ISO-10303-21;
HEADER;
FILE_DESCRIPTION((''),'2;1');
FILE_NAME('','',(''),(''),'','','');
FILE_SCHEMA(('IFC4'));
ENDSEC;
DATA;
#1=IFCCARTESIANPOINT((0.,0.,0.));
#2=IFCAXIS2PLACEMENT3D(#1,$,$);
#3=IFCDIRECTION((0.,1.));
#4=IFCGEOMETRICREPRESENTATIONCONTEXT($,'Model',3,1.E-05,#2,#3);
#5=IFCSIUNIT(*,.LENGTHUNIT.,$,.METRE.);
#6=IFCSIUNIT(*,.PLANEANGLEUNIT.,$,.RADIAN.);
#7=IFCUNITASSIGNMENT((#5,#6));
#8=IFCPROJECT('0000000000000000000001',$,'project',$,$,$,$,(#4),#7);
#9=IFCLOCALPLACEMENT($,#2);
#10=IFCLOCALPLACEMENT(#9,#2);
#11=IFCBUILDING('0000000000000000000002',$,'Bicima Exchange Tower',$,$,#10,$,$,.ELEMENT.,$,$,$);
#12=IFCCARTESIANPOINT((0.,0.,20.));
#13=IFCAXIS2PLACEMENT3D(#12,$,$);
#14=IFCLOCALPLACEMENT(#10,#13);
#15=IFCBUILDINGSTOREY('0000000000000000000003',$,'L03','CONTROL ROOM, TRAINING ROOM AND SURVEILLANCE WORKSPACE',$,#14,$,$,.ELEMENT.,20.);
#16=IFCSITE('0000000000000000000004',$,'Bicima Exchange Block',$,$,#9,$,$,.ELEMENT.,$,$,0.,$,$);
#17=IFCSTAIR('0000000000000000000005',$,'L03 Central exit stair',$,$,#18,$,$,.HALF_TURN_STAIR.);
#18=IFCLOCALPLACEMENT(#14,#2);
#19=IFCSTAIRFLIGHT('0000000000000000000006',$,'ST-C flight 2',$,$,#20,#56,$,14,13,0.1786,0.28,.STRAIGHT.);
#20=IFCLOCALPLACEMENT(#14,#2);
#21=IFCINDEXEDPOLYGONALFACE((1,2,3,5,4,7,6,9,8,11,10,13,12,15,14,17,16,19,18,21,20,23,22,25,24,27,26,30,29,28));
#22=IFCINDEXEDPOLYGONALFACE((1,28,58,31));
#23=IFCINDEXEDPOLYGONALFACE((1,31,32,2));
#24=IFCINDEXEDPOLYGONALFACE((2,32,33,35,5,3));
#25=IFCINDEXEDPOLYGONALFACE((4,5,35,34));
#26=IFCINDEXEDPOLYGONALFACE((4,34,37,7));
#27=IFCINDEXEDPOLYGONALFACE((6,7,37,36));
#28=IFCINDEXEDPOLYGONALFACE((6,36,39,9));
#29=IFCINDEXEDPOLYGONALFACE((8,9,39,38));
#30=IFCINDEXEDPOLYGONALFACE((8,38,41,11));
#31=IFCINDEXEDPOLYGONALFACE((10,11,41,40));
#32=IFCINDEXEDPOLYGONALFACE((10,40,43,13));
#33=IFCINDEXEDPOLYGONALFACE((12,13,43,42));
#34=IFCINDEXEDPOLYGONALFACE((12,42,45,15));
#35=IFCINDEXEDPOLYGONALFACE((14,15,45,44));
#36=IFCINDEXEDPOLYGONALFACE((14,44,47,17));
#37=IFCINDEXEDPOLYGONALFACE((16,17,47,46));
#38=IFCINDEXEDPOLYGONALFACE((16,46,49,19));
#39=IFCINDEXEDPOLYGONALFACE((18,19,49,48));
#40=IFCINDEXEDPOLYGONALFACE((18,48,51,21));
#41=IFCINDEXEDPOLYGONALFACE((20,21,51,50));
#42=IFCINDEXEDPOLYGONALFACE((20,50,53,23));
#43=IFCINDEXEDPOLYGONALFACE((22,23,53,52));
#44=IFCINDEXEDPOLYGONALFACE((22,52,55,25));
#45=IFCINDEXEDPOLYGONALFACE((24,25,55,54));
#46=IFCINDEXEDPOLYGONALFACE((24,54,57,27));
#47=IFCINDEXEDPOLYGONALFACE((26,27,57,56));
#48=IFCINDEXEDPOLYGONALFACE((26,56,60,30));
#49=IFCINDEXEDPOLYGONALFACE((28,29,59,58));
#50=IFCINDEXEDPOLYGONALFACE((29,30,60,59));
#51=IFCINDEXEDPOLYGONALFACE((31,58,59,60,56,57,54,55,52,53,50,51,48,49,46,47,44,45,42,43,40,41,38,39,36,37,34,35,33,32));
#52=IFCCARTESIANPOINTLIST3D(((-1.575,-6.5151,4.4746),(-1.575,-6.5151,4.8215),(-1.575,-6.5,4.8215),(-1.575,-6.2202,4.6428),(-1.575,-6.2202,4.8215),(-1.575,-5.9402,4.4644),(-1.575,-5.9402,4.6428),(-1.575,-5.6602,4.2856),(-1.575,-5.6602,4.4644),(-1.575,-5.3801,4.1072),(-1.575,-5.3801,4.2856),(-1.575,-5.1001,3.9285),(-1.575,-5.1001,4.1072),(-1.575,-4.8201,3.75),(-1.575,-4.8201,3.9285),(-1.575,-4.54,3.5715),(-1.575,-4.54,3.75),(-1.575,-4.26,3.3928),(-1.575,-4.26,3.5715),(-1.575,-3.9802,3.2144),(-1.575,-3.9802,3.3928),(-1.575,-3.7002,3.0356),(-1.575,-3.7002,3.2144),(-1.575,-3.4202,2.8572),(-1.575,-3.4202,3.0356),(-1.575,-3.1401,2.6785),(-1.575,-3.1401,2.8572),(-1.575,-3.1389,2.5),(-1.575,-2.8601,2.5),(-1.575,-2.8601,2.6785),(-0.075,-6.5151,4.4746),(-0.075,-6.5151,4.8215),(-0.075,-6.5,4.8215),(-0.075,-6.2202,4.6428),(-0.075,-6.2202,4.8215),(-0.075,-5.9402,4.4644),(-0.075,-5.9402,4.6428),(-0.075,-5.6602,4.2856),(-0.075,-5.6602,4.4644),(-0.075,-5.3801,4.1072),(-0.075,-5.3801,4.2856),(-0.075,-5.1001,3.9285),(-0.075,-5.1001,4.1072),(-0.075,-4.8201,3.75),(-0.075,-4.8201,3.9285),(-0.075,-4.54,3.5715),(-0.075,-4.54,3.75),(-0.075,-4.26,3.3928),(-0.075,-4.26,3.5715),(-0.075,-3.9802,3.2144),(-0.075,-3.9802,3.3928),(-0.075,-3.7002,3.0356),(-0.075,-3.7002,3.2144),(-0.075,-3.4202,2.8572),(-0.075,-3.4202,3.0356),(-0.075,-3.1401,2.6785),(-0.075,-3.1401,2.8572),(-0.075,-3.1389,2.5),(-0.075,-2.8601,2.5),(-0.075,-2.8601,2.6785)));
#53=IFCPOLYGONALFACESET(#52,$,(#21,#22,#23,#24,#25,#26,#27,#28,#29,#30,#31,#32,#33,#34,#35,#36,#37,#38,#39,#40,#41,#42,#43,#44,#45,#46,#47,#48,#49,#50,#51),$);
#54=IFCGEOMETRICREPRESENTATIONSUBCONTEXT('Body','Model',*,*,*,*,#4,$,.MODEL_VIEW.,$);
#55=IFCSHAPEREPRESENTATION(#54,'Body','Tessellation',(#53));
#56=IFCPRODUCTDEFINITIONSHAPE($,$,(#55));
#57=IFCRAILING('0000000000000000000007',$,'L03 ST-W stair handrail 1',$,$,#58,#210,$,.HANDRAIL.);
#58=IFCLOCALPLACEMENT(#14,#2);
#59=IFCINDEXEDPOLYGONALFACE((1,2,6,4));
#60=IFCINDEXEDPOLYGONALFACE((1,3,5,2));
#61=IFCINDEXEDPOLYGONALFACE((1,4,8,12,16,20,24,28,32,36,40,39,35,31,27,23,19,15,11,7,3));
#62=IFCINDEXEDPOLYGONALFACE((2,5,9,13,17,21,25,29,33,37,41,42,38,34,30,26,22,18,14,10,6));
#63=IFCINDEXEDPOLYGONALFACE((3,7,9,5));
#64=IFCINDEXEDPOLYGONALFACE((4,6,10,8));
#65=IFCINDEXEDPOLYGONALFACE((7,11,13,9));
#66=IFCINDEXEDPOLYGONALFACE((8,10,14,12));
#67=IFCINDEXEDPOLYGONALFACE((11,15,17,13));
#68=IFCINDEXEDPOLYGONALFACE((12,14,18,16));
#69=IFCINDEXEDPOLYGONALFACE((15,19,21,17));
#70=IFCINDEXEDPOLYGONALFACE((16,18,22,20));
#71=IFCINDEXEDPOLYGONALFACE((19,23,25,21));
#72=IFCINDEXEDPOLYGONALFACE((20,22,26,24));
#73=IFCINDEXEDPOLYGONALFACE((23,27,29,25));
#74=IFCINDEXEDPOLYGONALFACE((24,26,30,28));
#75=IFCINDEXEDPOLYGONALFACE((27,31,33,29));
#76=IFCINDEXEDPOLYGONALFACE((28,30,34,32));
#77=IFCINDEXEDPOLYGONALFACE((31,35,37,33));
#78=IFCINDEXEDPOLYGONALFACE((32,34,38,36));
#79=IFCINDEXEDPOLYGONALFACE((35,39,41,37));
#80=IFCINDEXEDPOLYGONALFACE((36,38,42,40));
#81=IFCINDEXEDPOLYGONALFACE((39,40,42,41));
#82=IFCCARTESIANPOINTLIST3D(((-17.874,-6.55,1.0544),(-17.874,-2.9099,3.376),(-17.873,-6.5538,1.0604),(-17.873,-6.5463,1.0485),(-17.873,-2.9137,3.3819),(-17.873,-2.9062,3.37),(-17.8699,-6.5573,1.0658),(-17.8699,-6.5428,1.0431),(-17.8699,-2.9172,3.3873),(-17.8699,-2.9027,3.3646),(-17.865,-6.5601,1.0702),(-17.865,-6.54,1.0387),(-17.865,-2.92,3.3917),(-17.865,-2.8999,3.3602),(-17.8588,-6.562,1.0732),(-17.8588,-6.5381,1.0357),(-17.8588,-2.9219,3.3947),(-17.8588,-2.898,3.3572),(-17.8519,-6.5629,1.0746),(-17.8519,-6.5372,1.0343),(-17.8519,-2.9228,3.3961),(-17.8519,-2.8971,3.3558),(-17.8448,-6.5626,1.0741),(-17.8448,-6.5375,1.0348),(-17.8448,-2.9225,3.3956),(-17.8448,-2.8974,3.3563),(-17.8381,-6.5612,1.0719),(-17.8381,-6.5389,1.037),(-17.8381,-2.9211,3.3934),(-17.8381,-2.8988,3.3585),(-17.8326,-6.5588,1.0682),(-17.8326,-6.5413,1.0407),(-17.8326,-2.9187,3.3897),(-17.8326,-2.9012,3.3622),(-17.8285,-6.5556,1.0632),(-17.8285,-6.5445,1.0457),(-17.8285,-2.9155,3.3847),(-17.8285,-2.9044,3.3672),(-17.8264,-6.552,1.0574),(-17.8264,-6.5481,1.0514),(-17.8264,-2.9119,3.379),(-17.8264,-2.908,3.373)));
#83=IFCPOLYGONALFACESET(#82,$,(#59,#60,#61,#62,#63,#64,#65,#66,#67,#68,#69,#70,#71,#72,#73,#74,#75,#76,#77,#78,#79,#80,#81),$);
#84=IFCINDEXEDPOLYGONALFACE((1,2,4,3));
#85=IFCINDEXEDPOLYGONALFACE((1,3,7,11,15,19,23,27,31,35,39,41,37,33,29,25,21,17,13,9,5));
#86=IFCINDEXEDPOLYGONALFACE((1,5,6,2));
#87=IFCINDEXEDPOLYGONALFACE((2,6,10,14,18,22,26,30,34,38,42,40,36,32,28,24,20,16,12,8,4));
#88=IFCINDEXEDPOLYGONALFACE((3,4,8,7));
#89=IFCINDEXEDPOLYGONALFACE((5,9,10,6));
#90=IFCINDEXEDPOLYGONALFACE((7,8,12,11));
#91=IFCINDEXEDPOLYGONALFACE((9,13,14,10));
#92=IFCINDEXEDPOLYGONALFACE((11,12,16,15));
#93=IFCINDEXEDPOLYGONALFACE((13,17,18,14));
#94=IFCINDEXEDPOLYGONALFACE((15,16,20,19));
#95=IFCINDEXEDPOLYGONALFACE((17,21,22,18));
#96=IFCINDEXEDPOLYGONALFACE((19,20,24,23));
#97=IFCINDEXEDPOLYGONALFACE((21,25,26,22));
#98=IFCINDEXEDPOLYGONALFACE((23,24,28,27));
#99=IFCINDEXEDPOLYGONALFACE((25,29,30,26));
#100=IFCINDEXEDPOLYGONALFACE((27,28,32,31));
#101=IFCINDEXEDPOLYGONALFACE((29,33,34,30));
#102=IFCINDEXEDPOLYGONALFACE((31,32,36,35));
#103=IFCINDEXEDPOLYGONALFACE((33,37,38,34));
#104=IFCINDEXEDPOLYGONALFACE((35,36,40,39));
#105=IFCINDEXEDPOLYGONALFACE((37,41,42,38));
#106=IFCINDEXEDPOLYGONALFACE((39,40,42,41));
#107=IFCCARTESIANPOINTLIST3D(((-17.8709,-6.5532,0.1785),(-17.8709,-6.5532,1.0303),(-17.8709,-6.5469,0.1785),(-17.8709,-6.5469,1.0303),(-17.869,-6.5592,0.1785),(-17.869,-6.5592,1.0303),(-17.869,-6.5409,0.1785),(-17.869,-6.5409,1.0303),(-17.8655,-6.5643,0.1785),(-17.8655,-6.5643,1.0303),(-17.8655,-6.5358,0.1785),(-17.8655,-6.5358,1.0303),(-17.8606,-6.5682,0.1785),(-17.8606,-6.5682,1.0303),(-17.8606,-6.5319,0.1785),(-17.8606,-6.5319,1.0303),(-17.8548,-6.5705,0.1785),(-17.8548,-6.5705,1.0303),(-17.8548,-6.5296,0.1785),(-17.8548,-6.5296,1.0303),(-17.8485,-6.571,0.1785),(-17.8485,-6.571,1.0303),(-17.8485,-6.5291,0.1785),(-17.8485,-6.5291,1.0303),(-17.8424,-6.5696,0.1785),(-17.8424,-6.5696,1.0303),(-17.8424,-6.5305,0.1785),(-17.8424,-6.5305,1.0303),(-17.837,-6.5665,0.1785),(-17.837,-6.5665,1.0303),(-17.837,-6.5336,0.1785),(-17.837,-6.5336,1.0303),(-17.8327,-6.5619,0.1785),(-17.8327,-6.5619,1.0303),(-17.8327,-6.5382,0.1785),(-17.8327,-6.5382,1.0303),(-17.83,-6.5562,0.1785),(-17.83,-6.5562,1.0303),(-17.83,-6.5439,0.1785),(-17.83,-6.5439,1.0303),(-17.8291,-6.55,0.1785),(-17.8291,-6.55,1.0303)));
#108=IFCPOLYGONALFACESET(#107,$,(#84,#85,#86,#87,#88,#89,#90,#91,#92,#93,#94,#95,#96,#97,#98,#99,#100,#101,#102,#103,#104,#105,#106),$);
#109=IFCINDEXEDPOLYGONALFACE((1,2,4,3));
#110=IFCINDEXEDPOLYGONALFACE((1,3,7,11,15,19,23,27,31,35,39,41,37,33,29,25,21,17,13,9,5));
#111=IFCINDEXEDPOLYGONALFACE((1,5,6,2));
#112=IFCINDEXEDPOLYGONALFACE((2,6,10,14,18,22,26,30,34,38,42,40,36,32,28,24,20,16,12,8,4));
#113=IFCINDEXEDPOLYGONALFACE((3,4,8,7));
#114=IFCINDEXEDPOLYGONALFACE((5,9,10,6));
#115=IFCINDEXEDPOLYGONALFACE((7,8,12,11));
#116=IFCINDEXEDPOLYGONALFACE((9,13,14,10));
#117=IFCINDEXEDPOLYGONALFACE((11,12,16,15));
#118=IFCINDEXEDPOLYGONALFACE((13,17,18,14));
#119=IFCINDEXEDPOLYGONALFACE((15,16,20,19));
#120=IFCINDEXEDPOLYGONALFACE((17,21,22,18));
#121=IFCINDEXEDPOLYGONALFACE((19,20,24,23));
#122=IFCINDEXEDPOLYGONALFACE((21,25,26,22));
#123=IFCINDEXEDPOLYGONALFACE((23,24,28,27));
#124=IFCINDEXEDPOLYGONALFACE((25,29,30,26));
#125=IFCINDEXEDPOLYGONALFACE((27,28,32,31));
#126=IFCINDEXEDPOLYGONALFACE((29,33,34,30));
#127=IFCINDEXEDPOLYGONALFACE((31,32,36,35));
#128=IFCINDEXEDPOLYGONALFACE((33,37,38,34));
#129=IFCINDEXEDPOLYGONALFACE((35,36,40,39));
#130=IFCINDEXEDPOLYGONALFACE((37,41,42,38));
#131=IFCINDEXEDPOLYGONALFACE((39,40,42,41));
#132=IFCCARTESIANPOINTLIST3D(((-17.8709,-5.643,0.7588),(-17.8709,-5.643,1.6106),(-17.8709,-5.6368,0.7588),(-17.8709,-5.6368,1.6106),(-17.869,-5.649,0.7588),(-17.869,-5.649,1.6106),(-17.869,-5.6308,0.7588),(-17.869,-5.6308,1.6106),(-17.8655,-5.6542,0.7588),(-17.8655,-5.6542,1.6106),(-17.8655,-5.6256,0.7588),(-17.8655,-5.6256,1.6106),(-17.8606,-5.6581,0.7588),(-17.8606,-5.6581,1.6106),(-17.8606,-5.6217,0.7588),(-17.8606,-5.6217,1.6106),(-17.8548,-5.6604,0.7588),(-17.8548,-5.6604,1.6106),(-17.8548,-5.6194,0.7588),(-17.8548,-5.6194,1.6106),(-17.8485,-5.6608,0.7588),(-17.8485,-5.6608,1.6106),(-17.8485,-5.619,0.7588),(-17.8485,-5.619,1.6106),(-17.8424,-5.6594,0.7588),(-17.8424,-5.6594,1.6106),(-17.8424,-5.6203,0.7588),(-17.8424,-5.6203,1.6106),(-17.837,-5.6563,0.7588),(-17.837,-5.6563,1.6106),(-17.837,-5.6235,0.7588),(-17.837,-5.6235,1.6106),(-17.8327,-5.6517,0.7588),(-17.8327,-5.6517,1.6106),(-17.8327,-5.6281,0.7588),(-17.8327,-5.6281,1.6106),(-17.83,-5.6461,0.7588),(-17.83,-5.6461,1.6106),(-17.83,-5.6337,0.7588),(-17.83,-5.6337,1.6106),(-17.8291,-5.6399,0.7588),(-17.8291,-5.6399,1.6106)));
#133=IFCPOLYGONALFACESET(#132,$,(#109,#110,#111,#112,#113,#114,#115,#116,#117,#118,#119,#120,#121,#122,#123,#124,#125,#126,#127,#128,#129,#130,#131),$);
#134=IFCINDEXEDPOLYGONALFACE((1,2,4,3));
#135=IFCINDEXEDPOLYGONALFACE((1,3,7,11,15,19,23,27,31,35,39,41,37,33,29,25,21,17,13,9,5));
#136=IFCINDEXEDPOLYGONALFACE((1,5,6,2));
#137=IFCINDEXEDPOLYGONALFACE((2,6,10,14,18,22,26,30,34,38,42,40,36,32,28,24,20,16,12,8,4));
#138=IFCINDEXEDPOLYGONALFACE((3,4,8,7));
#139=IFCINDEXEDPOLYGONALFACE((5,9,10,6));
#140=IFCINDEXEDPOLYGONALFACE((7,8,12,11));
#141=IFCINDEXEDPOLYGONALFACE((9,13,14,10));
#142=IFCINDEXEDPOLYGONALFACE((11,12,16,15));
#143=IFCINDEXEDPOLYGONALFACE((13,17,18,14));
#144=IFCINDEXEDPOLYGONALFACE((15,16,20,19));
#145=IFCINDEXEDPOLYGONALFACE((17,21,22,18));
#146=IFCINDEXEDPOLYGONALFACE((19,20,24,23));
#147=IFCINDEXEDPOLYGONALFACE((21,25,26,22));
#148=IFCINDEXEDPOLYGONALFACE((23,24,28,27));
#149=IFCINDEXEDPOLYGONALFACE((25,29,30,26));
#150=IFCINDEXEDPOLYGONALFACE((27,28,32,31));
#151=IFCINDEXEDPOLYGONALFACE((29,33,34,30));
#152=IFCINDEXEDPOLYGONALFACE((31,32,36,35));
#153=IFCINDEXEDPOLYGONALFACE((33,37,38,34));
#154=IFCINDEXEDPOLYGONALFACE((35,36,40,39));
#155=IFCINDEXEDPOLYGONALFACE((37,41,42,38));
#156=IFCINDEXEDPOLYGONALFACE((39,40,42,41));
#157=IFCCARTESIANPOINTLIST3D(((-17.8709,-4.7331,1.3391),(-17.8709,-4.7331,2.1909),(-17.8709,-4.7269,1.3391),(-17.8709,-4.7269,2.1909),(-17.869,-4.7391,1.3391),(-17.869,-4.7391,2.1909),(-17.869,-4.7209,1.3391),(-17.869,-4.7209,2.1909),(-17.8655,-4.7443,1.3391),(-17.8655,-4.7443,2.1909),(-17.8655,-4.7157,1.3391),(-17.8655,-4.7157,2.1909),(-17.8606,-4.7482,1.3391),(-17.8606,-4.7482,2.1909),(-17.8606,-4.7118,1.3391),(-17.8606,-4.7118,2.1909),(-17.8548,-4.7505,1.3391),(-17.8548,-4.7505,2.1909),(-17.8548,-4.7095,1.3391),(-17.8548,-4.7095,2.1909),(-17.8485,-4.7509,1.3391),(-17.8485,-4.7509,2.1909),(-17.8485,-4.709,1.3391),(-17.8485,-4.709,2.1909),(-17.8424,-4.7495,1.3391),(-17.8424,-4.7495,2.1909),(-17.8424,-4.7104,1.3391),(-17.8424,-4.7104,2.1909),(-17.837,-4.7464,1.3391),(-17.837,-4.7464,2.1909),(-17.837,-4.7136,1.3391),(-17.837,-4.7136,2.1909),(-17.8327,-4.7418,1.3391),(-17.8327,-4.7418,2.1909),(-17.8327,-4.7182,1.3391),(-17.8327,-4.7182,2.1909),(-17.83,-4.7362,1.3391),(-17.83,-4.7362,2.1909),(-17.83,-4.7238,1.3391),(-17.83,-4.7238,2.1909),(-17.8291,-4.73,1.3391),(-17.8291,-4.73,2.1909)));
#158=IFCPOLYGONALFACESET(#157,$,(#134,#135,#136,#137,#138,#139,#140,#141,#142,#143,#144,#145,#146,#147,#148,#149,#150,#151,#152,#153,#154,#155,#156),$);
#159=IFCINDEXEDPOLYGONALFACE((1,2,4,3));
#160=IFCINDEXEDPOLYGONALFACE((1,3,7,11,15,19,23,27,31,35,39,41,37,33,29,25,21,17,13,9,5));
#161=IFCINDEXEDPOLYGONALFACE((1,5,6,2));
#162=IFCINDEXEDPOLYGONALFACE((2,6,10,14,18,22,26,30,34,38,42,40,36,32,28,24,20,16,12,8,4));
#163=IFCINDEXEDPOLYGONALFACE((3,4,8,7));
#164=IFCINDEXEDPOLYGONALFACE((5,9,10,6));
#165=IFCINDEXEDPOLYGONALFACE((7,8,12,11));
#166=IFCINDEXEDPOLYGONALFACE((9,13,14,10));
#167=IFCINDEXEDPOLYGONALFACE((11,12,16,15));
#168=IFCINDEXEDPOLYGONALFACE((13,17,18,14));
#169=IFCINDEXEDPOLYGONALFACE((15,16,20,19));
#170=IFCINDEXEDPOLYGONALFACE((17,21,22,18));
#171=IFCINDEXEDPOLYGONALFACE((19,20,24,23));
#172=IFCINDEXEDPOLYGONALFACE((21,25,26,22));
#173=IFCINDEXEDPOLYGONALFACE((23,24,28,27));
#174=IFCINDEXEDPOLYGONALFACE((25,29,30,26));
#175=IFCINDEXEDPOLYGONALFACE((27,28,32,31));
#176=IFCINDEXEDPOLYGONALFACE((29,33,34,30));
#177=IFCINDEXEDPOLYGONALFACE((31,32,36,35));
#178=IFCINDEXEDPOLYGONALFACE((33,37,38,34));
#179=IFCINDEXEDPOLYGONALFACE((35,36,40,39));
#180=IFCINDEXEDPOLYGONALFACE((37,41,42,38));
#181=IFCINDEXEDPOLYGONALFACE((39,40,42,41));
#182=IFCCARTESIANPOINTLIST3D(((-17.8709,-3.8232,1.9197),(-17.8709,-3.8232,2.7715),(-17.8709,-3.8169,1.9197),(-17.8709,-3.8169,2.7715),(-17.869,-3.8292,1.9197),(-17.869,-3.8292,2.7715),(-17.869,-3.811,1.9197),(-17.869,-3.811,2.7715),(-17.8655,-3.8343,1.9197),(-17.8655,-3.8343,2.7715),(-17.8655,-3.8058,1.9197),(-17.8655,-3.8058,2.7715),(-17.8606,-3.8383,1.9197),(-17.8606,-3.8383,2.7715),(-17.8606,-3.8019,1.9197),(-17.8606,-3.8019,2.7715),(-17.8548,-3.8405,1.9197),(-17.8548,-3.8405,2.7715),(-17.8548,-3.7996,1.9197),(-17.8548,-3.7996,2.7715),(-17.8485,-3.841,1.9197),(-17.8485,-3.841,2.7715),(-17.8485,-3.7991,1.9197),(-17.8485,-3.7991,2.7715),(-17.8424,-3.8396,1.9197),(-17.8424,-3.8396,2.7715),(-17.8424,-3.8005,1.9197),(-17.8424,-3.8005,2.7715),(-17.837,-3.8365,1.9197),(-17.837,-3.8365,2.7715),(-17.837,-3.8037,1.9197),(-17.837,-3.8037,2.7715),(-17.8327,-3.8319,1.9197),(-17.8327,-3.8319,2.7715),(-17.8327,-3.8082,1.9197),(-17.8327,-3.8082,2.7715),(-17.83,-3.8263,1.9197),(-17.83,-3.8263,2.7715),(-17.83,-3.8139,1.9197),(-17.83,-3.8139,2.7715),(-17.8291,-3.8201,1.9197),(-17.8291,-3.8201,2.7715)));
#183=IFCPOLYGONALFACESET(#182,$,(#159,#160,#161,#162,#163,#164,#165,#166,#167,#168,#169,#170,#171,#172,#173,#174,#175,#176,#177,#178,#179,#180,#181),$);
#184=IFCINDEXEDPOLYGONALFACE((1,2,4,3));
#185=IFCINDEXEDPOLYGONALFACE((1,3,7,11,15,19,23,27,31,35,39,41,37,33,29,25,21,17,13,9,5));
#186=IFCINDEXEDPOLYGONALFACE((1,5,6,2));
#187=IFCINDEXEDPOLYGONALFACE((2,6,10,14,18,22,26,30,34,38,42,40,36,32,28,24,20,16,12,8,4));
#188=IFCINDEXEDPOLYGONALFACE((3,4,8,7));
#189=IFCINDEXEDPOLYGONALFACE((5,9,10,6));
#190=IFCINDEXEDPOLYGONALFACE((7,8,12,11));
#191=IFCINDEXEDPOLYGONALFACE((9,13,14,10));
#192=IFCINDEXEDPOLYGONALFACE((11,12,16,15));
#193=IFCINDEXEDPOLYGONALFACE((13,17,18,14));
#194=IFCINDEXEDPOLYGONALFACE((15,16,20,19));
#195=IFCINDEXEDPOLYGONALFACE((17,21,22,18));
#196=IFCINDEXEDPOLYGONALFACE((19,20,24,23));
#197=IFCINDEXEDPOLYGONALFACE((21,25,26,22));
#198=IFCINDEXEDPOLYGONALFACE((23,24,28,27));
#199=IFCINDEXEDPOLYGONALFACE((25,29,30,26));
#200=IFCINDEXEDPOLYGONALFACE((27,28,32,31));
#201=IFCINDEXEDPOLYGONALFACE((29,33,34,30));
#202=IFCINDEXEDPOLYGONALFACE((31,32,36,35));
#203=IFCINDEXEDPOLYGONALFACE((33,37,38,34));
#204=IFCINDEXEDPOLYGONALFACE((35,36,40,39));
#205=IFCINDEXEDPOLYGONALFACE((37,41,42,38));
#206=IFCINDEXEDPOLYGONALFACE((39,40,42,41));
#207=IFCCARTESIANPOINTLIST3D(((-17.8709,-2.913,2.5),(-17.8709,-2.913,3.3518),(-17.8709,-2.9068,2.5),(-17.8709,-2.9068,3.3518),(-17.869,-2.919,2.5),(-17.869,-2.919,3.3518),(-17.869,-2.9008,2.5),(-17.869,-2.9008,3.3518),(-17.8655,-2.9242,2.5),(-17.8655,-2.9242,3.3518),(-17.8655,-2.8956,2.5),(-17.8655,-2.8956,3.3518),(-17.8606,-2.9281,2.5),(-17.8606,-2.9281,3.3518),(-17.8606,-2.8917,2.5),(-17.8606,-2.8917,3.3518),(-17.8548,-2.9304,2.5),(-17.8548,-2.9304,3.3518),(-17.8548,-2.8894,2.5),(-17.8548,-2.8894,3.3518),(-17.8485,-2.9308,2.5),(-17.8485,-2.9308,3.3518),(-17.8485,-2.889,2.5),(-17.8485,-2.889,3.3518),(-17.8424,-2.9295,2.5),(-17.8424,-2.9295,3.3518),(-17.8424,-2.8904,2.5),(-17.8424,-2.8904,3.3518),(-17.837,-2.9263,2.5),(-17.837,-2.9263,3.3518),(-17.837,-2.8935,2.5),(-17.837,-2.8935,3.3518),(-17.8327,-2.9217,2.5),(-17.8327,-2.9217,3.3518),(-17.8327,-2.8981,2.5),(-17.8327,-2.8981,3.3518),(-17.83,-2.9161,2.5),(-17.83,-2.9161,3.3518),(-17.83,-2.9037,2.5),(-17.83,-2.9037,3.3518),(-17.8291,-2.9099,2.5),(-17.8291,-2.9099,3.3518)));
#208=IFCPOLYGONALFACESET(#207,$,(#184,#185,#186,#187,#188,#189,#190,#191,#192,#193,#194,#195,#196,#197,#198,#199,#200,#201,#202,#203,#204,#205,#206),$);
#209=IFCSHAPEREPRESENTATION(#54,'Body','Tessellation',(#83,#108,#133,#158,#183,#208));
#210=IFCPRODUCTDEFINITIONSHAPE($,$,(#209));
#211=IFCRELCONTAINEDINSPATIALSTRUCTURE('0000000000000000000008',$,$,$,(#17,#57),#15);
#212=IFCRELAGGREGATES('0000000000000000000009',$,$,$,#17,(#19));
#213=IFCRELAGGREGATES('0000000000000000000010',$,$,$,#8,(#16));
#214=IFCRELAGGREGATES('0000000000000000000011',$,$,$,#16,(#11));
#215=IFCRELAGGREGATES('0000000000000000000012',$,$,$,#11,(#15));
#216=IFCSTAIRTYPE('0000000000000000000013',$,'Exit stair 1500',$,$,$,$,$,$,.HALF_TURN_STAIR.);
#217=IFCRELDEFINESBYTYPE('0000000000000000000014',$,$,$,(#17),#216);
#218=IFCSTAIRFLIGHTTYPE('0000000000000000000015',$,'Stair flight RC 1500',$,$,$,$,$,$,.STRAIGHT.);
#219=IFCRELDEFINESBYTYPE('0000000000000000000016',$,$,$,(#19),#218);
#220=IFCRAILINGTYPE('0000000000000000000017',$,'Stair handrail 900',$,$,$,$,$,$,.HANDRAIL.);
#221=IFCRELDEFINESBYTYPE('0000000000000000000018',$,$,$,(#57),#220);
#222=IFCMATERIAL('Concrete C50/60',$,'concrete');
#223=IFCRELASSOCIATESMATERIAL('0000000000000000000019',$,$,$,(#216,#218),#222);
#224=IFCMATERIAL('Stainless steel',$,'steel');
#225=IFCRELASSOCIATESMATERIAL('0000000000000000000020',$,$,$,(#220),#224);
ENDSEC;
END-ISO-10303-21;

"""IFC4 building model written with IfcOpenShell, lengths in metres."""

from ifc_helpers import new_model, si_unit, direction, frame, origin, origin_2d, place, context, subcontext, project, spatial, polyline, circle, outline, extrude, material, type_object, element, aggregate, save


model = new_model("IFC4")

# Units and contexts
model_context = context("Model", 3, precision=1e-05, world=origin(), true_north=direction((0.0, 1.0)))
body_context = subcontext(model_context, "Body", "Model", "MODEL_VIEW")
ifc_project = project(units=[si_unit("LENGTHUNIT", "METRE"), si_unit("PLANEANGLEUNIT", "RADIAN")], contexts=[model_context])

# Site, building, storey
site_placement = place(None, origin())
site = spatial("IfcSite", under=ifc_project, at=site_placement, Name="Bicima Exchange Block", CompositionType="ELEMENT", RefElevation=0.0)
building_placement = place(site_placement, origin())
building = spatial("IfcBuilding", under=site, at=building_placement, Name="Bicima Exchange Tower", CompositionType="ELEMENT")
storey_placement = place(building_placement, frame((0.0, 0.0, 20.0)))
storey = spatial("IfcBuildingStorey", under=building, at=storey_placement, Name="L03", Description="CONTROL ROOM, TRAINING ROOM AND SURVEILLANCE WORKSPACE", CompositionType="ELEMENT", Elevation=20.0)

# Shared definitions
ifc_material_1 = material(Name="Concrete C50/60", Category="concrete")

# Shared definitions
ifc_material_2 = material(Name="Stainless steel", Category="steel")

# Stair, stair flight
stair_type_1 = type_object("IfcStairType", Name="Exit stair 1500", PredefinedType="HALF_TURN_STAIR", material=ifc_material_1)
stair_1_placement = place(storey_placement, origin())
stair_1 = element("IfcStair", 1, at=stair_1_placement, inside=storey, type_object=stair_type_1, Name="L03 Central exit stair", PredefinedType="HALF_TURN_STAIR")
stair_flight_type_1 = type_object("IfcStairFlightType", Name="Stair flight RC 1500", PredefinedType="STRAIGHT", material=ifc_material_1)
stair_flight_1_placement = place(storey_placement, frame((-0.825, -2.8601, 2.5), z_axis=(0.0, 0.0, 1.0), x_axis=(0.0, -1.0, 0.0)))
stair_flight_1 = element("IfcStairFlight", 2, at=stair_flight_1_placement, type_object=stair_flight_type_1, Name="ST-C flight 2", NumberOfRisers=14, NumberOfTreads=13, PredefinedType="STRAIGHT", RiserHeight=0.1786, TreadLength=0.28, context=body_context, shape_type="SweptSolid", body=[
    extrude(outline(polyline([(0.0, 0.0), (0.0, 0.1785), (0.28, 0.1785), (0.28, 0.3572), (0.5601, 0.3572), (0.5601, 0.5356), (0.8401, 0.5356), (0.8401, 0.7144), (1.1201, 0.7144), (1.1201, 0.8928), (1.3999, 0.8928), (1.3999, 1.0715), (1.6799, 1.0715), (1.6799, 1.25), (1.96, 1.25), (1.96, 1.4285), (2.24, 1.4285), (2.24, 1.6072), (2.52, 1.6072), (2.52, 1.7856), (2.8, 1.7856), (2.8, 1.9644), (3.0801, 1.9644), (3.0801, 2.1428), (3.3601, 2.1428), (3.3601, 2.3215), (3.6399, 2.3215), (3.655, 2.3215), (3.655, 1.9746), (0.2788, 0.0), (0.0, 0.0)])), frame((0.0, 0.75, 0.0), z_axis=(0.0, -1.0, 0.0), x_axis=(1.0, 0.0, 0.0)), (0.0, 0.0, 1.0), 1.5),
])
aggregate(stair_1, [stair_flight_1])

# Railing
railing_type = type_object("IfcRailingType", Name="Stair handrail 900", PredefinedType="HANDRAIL", material=ifc_material_2)
railing_1_placement = place(storey_placement, frame((-17.8501, -6.55, 0.1785)))
element("IfcRailing", 3, at=railing_1_placement, inside=storey, type_object=railing_type, Name="L03 ST-W stair handrail 1", PredefinedType="HANDRAIL", context=body_context, shape_type="SweptSolid", body=[
    extrude(circle(Radius=0.0239, at=origin_2d()), frame((0.0, 0.0, 0.876), z_axis=(0.0, 0.843128, 0.537713), x_axis=(-1.0, 0.0, 0.0)), (0.0, 0.0, 1.0), 4.3174),
    extrude(circle(Radius=0.021, at=origin_2d()), origin(), (0.0, 0.0, 1.0), 0.8518),
    extrude(circle(Radius=0.021, at=origin_2d()), frame((0.0, 0.9102, 0.5803)), (0.0, 0.0, 1.0), 0.8518),
    extrude(circle(Radius=0.021, at=origin_2d()), frame((0.0, 1.8201, 1.1606)), (0.0, 0.0, 1.0), 0.8518),
    extrude(circle(Radius=0.021, at=origin_2d()), frame((0.0, 2.73, 1.7412)), (0.0, 0.0, 1.0), 0.8518),
    extrude(circle(Radius=0.021, at=origin_2d()), frame((0.0, 3.6401, 2.3215)), (0.0, 0.0, 1.0), 0.8518),
])

save(model, "model.ifc")
